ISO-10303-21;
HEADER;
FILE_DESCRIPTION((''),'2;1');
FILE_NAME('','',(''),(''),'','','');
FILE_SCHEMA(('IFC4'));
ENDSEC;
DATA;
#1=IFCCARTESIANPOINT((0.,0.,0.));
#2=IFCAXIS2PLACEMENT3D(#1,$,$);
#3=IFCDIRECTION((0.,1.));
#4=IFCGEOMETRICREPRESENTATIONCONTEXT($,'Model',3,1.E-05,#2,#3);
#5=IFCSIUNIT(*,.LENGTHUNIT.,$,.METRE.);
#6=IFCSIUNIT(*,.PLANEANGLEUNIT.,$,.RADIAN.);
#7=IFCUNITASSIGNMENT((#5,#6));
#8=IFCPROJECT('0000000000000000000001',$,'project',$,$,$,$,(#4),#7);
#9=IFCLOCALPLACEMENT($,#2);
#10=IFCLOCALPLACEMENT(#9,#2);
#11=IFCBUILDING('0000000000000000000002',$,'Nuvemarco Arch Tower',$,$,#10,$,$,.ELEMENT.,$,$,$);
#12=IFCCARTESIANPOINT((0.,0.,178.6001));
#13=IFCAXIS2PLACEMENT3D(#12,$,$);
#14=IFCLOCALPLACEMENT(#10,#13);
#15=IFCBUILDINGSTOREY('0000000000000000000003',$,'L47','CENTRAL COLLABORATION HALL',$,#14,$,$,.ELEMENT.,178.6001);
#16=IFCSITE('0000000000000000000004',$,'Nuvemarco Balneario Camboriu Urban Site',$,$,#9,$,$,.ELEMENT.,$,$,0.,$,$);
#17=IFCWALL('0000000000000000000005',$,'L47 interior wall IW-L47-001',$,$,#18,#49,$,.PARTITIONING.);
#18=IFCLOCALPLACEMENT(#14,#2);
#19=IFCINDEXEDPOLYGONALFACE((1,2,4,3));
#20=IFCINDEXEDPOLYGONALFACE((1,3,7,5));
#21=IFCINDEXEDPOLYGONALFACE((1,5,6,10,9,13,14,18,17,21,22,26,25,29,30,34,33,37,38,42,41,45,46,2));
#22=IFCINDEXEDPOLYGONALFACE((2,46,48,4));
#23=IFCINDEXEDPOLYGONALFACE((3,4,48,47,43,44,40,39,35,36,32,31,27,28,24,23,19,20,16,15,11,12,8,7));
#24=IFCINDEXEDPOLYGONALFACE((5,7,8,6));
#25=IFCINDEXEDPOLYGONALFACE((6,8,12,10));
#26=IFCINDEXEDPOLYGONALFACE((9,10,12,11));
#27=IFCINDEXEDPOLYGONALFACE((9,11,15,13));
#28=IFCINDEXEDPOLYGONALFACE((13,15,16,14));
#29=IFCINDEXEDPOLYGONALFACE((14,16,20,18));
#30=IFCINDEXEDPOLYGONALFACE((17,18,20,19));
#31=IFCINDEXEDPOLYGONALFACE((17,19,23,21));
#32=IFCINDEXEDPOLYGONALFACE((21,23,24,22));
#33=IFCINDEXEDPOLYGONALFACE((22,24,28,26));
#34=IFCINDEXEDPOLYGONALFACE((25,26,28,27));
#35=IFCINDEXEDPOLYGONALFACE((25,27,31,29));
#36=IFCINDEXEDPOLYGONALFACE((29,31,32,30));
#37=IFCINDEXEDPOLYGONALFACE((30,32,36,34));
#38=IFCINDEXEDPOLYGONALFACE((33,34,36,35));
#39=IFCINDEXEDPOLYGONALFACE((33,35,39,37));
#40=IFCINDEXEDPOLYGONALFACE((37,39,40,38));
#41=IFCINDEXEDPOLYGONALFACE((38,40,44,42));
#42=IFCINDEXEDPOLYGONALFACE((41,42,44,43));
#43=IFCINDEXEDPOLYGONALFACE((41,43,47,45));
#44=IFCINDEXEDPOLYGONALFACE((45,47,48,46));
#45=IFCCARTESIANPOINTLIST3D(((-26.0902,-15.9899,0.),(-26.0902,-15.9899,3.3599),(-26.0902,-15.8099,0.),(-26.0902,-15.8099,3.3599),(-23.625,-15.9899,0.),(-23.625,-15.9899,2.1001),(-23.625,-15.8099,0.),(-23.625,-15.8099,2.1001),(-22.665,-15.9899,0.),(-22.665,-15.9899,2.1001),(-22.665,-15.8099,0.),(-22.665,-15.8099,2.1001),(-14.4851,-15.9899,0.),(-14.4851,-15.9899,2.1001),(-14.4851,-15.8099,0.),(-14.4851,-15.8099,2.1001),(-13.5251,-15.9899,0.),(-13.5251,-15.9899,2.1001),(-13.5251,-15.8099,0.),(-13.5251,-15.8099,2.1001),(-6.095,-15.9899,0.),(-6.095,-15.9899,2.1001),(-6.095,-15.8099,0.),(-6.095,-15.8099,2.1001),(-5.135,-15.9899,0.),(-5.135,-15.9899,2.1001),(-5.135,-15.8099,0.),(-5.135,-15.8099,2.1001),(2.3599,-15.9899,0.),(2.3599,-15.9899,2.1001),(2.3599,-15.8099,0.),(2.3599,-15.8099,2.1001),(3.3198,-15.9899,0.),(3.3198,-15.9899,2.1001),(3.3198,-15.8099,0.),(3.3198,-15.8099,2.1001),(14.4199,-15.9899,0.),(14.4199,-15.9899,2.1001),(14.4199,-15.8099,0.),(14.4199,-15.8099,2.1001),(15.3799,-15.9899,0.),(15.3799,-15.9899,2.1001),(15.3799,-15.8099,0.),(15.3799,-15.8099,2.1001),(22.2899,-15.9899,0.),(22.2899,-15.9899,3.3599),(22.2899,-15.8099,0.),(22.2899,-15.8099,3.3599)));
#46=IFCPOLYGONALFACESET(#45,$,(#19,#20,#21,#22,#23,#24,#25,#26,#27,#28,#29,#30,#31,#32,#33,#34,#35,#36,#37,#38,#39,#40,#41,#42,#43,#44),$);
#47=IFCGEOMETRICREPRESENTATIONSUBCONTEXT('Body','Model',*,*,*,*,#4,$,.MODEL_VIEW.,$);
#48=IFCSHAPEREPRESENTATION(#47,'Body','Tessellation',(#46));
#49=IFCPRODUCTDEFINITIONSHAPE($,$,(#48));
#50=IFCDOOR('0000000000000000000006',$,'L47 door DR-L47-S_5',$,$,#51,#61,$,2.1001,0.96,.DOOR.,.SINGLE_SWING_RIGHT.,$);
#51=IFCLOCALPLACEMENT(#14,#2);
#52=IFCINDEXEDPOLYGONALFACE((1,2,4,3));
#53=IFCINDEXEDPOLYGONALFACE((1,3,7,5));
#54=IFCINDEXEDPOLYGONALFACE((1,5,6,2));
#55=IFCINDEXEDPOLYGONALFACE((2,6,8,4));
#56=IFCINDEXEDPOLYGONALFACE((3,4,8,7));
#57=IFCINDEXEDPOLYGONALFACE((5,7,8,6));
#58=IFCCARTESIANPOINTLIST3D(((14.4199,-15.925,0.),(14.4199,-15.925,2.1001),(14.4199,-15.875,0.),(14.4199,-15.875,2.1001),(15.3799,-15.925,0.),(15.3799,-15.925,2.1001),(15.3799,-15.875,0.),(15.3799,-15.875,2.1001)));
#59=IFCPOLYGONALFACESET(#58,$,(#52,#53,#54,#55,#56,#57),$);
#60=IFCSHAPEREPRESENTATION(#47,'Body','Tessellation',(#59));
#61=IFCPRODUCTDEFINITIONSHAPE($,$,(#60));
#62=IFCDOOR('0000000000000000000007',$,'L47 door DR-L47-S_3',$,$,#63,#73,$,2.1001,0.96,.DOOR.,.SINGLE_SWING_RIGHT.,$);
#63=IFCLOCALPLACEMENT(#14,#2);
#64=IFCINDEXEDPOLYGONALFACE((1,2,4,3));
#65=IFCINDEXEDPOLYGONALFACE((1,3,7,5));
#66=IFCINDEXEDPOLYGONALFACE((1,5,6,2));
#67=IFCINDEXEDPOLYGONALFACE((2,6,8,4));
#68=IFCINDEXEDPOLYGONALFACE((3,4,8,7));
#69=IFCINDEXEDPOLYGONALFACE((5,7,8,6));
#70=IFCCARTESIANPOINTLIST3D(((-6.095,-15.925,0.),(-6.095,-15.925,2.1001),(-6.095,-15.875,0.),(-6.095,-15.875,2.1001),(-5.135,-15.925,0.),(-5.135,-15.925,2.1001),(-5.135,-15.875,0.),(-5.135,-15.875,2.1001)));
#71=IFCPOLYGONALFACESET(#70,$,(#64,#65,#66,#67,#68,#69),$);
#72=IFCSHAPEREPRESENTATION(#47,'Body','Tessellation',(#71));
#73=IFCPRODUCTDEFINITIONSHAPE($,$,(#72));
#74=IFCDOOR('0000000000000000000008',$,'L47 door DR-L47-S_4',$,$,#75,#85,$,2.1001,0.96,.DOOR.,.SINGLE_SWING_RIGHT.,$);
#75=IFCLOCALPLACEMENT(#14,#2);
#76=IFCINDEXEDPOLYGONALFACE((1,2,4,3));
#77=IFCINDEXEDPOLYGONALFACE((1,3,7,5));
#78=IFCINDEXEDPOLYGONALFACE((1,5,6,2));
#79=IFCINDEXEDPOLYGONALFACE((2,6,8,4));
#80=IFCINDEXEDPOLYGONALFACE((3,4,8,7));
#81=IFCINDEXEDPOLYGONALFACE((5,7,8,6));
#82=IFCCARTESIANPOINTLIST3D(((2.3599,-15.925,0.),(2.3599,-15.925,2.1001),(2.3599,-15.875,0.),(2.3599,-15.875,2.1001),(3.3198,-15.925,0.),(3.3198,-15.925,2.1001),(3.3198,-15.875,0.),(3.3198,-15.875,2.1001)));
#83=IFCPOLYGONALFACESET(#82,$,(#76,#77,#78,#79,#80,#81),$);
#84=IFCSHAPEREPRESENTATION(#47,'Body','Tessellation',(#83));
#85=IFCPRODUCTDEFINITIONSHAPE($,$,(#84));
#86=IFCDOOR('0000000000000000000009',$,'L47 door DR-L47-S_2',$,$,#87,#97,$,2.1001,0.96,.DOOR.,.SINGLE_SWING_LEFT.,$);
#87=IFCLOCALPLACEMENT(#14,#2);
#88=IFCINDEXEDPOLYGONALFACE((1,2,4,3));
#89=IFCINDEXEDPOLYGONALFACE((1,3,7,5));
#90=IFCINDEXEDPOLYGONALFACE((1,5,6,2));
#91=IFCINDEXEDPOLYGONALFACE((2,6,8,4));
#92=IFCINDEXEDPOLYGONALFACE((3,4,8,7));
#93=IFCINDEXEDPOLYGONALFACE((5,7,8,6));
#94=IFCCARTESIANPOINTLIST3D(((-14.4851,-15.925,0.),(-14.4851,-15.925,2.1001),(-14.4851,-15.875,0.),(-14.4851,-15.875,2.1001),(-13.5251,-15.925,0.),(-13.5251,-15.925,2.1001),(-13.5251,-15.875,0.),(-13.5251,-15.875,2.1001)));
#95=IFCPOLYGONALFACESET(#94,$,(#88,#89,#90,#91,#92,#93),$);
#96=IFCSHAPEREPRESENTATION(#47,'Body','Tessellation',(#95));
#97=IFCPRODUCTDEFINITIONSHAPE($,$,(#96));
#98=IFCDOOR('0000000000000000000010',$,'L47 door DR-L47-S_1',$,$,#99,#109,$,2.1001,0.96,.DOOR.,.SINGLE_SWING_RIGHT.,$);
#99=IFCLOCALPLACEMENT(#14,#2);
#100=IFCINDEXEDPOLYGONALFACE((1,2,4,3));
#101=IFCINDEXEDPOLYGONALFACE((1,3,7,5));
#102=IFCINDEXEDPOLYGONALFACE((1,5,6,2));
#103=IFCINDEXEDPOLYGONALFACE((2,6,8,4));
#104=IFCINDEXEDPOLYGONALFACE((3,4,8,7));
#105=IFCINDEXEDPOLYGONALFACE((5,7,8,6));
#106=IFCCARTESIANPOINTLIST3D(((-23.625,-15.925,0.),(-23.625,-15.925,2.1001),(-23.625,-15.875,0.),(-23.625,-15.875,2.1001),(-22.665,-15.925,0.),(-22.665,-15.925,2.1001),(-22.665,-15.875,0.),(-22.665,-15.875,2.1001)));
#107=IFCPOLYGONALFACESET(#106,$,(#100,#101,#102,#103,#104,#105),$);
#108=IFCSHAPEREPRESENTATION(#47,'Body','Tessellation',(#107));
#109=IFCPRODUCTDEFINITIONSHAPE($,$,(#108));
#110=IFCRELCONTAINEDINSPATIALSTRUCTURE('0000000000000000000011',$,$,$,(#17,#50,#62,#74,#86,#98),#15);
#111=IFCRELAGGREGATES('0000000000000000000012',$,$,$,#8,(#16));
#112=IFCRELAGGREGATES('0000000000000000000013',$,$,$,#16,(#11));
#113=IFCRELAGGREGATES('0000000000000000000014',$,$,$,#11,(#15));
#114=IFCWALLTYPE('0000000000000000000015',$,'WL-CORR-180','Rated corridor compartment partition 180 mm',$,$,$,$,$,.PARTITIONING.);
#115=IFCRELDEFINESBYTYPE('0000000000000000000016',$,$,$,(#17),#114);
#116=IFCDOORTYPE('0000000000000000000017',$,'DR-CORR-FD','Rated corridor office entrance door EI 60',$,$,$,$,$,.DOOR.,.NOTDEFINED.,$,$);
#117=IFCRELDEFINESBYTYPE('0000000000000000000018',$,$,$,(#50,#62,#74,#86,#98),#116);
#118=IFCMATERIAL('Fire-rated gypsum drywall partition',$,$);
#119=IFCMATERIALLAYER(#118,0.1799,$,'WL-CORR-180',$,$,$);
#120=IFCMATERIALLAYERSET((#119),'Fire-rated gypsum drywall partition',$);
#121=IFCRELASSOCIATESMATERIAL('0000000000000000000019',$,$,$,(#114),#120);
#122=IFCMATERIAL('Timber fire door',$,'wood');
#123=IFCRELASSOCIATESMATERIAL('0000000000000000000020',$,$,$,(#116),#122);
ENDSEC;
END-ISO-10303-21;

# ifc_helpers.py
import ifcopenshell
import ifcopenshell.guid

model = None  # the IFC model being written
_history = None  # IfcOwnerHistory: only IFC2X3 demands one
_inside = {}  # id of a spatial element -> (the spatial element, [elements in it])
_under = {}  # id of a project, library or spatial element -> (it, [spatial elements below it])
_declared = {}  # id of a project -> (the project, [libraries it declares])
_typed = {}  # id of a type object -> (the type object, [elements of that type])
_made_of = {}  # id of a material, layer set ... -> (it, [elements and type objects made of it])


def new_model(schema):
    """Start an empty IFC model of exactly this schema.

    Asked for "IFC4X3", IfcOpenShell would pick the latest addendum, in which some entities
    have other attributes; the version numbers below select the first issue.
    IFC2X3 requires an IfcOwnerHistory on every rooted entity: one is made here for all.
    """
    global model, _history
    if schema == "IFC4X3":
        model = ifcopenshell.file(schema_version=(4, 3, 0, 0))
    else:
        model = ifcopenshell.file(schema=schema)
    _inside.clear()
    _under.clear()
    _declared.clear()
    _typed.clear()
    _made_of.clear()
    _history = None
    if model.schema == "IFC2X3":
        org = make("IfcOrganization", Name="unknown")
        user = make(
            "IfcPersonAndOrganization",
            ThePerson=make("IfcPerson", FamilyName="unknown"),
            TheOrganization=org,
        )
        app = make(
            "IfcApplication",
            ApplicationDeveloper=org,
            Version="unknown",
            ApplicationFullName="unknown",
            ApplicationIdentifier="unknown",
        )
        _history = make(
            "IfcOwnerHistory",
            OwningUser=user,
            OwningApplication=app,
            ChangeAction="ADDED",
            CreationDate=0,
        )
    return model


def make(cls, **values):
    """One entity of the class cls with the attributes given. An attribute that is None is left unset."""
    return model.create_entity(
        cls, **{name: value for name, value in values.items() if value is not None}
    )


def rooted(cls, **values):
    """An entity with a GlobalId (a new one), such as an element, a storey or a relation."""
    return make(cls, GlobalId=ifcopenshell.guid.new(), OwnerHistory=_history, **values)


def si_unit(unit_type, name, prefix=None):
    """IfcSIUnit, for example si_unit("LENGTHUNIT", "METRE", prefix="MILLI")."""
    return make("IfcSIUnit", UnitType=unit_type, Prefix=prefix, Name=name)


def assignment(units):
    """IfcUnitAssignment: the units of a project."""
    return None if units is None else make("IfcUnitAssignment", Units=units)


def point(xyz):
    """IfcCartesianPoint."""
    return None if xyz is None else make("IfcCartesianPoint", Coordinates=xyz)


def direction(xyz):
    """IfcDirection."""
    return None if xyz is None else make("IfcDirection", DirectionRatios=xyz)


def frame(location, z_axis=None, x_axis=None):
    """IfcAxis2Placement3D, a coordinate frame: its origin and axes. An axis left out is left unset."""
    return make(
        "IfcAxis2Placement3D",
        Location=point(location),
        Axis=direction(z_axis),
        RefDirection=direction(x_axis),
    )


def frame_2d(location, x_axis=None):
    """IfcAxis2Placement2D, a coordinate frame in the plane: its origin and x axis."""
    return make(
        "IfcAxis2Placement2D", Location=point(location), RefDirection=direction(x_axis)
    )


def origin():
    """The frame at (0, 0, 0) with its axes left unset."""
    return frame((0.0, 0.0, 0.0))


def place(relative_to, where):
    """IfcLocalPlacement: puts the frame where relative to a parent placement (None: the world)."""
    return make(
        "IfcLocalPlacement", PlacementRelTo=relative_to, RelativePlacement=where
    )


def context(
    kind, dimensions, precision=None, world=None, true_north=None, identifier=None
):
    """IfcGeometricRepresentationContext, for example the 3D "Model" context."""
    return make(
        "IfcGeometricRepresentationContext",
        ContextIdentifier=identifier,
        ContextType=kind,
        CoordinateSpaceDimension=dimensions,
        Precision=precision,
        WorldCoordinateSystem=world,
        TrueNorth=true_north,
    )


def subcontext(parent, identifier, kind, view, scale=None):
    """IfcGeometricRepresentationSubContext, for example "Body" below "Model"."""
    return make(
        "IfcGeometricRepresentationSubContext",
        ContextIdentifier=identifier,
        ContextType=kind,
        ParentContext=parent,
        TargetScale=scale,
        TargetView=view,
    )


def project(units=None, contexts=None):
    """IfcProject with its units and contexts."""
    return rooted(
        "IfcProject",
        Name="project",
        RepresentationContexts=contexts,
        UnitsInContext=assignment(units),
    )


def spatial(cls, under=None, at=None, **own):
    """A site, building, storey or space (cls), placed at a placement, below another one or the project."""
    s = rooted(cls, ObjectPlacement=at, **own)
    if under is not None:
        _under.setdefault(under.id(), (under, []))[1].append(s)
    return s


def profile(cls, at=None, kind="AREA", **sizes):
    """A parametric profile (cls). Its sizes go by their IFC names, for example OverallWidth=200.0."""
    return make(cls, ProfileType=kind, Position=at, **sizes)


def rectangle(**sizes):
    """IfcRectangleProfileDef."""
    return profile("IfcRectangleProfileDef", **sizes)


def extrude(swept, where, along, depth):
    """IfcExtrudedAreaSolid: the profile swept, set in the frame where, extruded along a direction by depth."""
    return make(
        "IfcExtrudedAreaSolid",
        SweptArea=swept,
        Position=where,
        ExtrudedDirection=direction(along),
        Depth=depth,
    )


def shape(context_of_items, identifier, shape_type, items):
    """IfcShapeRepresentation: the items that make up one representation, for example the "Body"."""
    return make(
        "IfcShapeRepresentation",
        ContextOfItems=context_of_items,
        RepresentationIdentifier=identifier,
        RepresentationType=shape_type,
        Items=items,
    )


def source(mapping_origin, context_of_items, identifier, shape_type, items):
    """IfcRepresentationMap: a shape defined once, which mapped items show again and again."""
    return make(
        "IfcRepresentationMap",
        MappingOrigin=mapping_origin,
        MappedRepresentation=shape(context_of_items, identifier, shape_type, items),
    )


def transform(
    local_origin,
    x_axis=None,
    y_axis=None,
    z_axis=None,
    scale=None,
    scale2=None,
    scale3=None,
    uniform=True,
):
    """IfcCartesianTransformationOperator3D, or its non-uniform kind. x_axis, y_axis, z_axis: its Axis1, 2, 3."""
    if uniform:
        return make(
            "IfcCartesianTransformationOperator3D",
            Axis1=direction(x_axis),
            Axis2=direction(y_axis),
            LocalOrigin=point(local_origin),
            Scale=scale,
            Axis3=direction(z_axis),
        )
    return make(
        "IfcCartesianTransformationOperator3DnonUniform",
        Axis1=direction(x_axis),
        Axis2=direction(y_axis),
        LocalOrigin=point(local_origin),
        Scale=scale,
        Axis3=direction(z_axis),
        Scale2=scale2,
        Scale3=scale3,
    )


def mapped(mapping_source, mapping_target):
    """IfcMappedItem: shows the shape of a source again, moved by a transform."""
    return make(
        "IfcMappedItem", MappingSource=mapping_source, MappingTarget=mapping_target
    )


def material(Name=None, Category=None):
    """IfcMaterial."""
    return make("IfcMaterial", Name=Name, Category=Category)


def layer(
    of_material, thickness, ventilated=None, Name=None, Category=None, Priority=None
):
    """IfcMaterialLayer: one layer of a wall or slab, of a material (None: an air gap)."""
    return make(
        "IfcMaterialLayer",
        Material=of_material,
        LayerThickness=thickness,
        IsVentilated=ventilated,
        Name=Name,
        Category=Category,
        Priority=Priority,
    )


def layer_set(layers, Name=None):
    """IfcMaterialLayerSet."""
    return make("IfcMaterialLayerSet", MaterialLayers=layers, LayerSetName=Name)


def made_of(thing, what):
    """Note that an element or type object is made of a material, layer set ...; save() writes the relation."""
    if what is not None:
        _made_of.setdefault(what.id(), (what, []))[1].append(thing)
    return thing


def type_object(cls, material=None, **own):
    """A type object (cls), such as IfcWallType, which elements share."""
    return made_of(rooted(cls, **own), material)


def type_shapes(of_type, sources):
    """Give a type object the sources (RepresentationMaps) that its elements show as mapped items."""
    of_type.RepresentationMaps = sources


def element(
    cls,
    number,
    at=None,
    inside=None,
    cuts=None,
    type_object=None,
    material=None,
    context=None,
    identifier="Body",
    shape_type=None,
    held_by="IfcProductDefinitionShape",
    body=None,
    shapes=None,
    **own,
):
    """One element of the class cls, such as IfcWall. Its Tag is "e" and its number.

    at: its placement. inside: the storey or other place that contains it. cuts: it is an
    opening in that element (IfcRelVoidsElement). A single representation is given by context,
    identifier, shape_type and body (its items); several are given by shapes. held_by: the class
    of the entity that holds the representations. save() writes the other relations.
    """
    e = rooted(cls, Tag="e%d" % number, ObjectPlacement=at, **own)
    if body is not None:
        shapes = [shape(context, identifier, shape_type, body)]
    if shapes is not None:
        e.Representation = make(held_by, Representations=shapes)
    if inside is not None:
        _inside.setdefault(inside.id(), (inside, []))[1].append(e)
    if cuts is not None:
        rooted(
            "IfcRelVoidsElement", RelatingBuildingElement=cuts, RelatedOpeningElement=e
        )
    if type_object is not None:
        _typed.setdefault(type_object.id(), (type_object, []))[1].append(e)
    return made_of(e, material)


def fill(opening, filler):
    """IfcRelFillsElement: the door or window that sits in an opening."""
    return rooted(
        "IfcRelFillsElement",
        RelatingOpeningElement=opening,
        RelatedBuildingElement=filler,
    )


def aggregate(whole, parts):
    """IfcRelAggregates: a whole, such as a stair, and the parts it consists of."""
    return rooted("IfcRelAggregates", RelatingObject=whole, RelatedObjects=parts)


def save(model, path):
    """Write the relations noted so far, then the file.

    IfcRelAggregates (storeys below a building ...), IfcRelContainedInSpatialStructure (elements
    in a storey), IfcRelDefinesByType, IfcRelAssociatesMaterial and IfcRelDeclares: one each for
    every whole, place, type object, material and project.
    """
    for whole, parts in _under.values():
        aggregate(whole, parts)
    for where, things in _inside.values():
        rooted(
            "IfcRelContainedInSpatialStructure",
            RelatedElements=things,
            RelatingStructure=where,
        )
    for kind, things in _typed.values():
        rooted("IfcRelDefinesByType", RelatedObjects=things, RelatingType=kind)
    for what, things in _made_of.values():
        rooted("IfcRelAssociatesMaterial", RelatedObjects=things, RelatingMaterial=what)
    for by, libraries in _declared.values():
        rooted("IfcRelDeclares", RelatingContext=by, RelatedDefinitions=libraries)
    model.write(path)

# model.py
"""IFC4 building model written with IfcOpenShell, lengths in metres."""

from ifc_helpers import new_model, si_unit, direction, frame, frame_2d, origin, place, context, subcontext, project, spatial, rectangle, extrude, source, transform, mapped, material, layer, layer_set, type_object, type_shapes, element, fill, save


model = new_model("IFC4")

# Units and contexts
model_context = context("Model", 3, precision=1e-05, world=origin(), true_north=direction((0.0, 1.0)))
body_context = subcontext(model_context, "Body", "Model", "MODEL_VIEW")
ifc_project = project(units=[si_unit("LENGTHUNIT", "METRE"), si_unit("PLANEANGLEUNIT", "RADIAN")], contexts=[model_context])

# Site, building, storey
site_placement = place(None, origin())
site = spatial("IfcSite", under=ifc_project, at=site_placement, Name="Nuvemarco Balneario Camboriu Urban Site", CompositionType="ELEMENT", RefElevation=0.0)
building_placement = place(site_placement, origin())
building = spatial("IfcBuilding", under=site, at=building_placement, Name="Nuvemarco Arch Tower", CompositionType="ELEMENT")
storey_placement = place(building_placement, frame((0.0, 0.0, 178.6001)))
storey = spatial("IfcBuildingStorey", under=building, at=storey_placement, Name="L47", Description="CENTRAL COLLABORATION HALL", CompositionType="ELEMENT", Elevation=178.6001)

# Wall, openings, doors
ifc_material_1 = material(Name="Fire-rated gypsum drywall partition")
ifc_layer = layer(ifc_material_1, 0.1799, Name="WL-CORR-180")
ifc_layer_set = layer_set([ifc_layer], Name="Fire-rated gypsum drywall partition")
wall_type = type_object("IfcWallType", Name="WL-CORR-180", Description="Rated corridor compartment partition 180 mm", PredefinedType="PARTITIONING", material=ifc_layer_set)
wall_1_placement = place(storey_placement, frame((-26.0901, -15.8999, 0.0), z_axis=(0.0, 0.0, 1.0), x_axis=(1.0, 0.0, 0.0)))
wall_1 = element("IfcWall", 1, at=wall_1_placement, inside=storey, type_object=wall_type, Name="L47 interior wall IW-L47-001", PredefinedType="PARTITIONING", context=body_context, shape_type="SweptSolid", body=[
    extrude(rectangle(XDim=48.3801, YDim=0.1799, at=frame_2d((24.1899, 0.0))), origin(), (0.0, 0.0, 1.0), 3.3599),
])
opening_1_placement = place(wall_1_placement, frame((40.51, 0.0, 0.0)))
opening_1 = element("IfcOpeningElement", 2, at=opening_1_placement, cuts=wall_1, PredefinedType="OPENING", context=body_context, shape_type="SweptSolid", body=[
    extrude(rectangle(XDim=0.96, YDim=2.1001, at=frame_2d((0.48, 1.05))), frame((0.0, 0.0999, 0.0), z_axis=(0.0, -1.0, 0.0), x_axis=(1.0, 0.0, 0.0)), (0.0, 0.0, 1.0), 0.2),
])
opening_2_placement = place(wall_1_placement, frame((19.9951, 0.0, 0.0)))
opening_2 = element("IfcOpeningElement", 3, at=opening_2_placement, cuts=wall_1, PredefinedType="OPENING", context=body_context, shape_type="SweptSolid", body=[
    extrude(rectangle(XDim=0.96, YDim=2.1001, at=frame_2d((0.48, 1.05))), frame((0.0, 0.0999, 0.0), z_axis=(0.0, -1.0, 0.0), x_axis=(1.0, 0.0, 0.0)), (0.0, 0.0, 1.0), 0.2),
])
opening_3_placement = place(wall_1_placement, frame((28.45, 0.0, 0.0)))
opening_3 = element("IfcOpeningElement", 4, at=opening_3_placement, cuts=wall_1, PredefinedType="OPENING", context=body_context, shape_type="SweptSolid", body=[
    extrude(rectangle(XDim=0.96, YDim=2.1001, at=frame_2d((0.48, 1.05))), frame((0.0, 0.0999, 0.0), z_axis=(0.0, -1.0, 0.0), x_axis=(1.0, 0.0, 0.0)), (0.0, 0.0, 1.0), 0.2),
])
opening_4_placement = place(wall_1_placement, frame((11.605, 0.0, 0.0)))
opening_4 = element("IfcOpeningElement", 5, at=opening_4_placement, cuts=wall_1, PredefinedType="OPENING", context=body_context, shape_type="SweptSolid", body=[
    extrude(rectangle(XDim=0.96, YDim=2.1001, at=frame_2d((0.48, 1.05))), frame((0.0, 0.0999, 0.0), z_axis=(0.0, -1.0, 0.0), x_axis=(1.0, 0.0, 0.0)), (0.0, 0.0, 1.0), 0.2),
])
opening_5_placement = place(wall_1_placement, frame((2.4651, 0.0, 0.0)))
opening_5 = element("IfcOpeningElement", 6, at=opening_5_placement, cuts=wall_1, PredefinedType="OPENING", context=body_context, shape_type="SweptSolid", body=[
    extrude(rectangle(XDim=0.96, YDim=2.1001, at=frame_2d((0.48, 1.05))), frame((0.0, 0.0999, 0.0), z_axis=(0.0, -1.0, 0.0), x_axis=(1.0, 0.0, 0.0)), (0.0, 0.0, 1.0), 0.2),
])
ifc_material_2 = material(Name="Timber fire door", Category="wood")
door_type_1 = type_object("IfcDoorType", Name="DR-CORR-FD", Description="Rated corridor office entrance door EI 60", OperationType="NOTDEFINED", PredefinedType="DOOR", material=ifc_material_2)
shared_shape_1 = source(origin(), body_context, "Body", "SweptSolid", [
    extrude(rectangle(XDim=0.96, YDim=2.1001, at=frame_2d((0.48, 1.05))), frame((0.0, 0.0249, 0.0), z_axis=(0.0, -1.0, 0.0), x_axis=(1.0, 0.0, 0.0)), (0.0, 0.0, 1.0), 0.05),
])
type_shapes(door_type_1, [shared_shape_1])
door_1_placement = place(opening_1_placement, origin())
door_1 = element("IfcDoor", 7, at=door_1_placement, inside=storey, type_object=door_type_1, Name="L47 door DR-L47-S_5", OperationType="SINGLE_SWING_RIGHT", OverallHeight=2.1001, OverallWidth=0.96, PredefinedType="DOOR", context=body_context, shape_type="MappedRepresentation", body=[
    mapped(shared_shape_1, transform((0.0, 0.0, 0.0), scale=1.0)),
])
fill(opening_1, door_1)
door_2_placement = place(opening_2_placement, origin())
door_2 = element("IfcDoor", 8, at=door_2_placement, inside=storey, type_object=door_type_1, Name="L47 door DR-L47-S_3", OperationType="SINGLE_SWING_RIGHT", OverallHeight=2.1001, OverallWidth=0.96, PredefinedType="DOOR", context=body_context, shape_type="MappedRepresentation", body=[
    mapped(shared_shape_1, transform((0.0, 0.0, 0.0), scale=1.0)),
])
fill(opening_2, door_2)
door_3_placement = place(opening_3_placement, origin())
door_3 = element("IfcDoor", 9, at=door_3_placement, inside=storey, type_object=door_type_1, Name="L47 door DR-L47-S_4", OperationType="SINGLE_SWING_RIGHT", OverallHeight=2.1001, OverallWidth=0.96, PredefinedType="DOOR", context=body_context, shape_type="MappedRepresentation", body=[
    mapped(shared_shape_1, transform((0.0, 0.0, 0.0), scale=1.0)),
])
fill(opening_3, door_3)
door_4_placement = place(opening_4_placement, origin())
door_4 = element("IfcDoor", 10, at=door_4_placement, inside=storey, type_object=door_type_1, Name="L47 door DR-L47-S_2", OperationType="SINGLE_SWING_LEFT", OverallHeight=2.1001, OverallWidth=0.96, PredefinedType="DOOR", context=body_context, shape_type="MappedRepresentation", body=[
    mapped(shared_shape_1, transform((0.0, 0.0, 0.0), scale=1.0)),
])
fill(opening_4, door_4)
door_5_placement = place(opening_5_placement, origin())
door_5 = element("IfcDoor", 11, at=door_5_placement, inside=storey, type_object=door_type_1, Name="L47 door DR-L47-S_1", OperationType="SINGLE_SWING_RIGHT", OverallHeight=2.1001, OverallWidth=0.96, PredefinedType="DOOR", context=body_context, shape_type="MappedRepresentation", body=[
    mapped(shared_shape_1, transform((0.0, 0.0, 0.0), scale=1.0)),
])
fill(opening_5, door_5)

save(model, "model.ifc")
